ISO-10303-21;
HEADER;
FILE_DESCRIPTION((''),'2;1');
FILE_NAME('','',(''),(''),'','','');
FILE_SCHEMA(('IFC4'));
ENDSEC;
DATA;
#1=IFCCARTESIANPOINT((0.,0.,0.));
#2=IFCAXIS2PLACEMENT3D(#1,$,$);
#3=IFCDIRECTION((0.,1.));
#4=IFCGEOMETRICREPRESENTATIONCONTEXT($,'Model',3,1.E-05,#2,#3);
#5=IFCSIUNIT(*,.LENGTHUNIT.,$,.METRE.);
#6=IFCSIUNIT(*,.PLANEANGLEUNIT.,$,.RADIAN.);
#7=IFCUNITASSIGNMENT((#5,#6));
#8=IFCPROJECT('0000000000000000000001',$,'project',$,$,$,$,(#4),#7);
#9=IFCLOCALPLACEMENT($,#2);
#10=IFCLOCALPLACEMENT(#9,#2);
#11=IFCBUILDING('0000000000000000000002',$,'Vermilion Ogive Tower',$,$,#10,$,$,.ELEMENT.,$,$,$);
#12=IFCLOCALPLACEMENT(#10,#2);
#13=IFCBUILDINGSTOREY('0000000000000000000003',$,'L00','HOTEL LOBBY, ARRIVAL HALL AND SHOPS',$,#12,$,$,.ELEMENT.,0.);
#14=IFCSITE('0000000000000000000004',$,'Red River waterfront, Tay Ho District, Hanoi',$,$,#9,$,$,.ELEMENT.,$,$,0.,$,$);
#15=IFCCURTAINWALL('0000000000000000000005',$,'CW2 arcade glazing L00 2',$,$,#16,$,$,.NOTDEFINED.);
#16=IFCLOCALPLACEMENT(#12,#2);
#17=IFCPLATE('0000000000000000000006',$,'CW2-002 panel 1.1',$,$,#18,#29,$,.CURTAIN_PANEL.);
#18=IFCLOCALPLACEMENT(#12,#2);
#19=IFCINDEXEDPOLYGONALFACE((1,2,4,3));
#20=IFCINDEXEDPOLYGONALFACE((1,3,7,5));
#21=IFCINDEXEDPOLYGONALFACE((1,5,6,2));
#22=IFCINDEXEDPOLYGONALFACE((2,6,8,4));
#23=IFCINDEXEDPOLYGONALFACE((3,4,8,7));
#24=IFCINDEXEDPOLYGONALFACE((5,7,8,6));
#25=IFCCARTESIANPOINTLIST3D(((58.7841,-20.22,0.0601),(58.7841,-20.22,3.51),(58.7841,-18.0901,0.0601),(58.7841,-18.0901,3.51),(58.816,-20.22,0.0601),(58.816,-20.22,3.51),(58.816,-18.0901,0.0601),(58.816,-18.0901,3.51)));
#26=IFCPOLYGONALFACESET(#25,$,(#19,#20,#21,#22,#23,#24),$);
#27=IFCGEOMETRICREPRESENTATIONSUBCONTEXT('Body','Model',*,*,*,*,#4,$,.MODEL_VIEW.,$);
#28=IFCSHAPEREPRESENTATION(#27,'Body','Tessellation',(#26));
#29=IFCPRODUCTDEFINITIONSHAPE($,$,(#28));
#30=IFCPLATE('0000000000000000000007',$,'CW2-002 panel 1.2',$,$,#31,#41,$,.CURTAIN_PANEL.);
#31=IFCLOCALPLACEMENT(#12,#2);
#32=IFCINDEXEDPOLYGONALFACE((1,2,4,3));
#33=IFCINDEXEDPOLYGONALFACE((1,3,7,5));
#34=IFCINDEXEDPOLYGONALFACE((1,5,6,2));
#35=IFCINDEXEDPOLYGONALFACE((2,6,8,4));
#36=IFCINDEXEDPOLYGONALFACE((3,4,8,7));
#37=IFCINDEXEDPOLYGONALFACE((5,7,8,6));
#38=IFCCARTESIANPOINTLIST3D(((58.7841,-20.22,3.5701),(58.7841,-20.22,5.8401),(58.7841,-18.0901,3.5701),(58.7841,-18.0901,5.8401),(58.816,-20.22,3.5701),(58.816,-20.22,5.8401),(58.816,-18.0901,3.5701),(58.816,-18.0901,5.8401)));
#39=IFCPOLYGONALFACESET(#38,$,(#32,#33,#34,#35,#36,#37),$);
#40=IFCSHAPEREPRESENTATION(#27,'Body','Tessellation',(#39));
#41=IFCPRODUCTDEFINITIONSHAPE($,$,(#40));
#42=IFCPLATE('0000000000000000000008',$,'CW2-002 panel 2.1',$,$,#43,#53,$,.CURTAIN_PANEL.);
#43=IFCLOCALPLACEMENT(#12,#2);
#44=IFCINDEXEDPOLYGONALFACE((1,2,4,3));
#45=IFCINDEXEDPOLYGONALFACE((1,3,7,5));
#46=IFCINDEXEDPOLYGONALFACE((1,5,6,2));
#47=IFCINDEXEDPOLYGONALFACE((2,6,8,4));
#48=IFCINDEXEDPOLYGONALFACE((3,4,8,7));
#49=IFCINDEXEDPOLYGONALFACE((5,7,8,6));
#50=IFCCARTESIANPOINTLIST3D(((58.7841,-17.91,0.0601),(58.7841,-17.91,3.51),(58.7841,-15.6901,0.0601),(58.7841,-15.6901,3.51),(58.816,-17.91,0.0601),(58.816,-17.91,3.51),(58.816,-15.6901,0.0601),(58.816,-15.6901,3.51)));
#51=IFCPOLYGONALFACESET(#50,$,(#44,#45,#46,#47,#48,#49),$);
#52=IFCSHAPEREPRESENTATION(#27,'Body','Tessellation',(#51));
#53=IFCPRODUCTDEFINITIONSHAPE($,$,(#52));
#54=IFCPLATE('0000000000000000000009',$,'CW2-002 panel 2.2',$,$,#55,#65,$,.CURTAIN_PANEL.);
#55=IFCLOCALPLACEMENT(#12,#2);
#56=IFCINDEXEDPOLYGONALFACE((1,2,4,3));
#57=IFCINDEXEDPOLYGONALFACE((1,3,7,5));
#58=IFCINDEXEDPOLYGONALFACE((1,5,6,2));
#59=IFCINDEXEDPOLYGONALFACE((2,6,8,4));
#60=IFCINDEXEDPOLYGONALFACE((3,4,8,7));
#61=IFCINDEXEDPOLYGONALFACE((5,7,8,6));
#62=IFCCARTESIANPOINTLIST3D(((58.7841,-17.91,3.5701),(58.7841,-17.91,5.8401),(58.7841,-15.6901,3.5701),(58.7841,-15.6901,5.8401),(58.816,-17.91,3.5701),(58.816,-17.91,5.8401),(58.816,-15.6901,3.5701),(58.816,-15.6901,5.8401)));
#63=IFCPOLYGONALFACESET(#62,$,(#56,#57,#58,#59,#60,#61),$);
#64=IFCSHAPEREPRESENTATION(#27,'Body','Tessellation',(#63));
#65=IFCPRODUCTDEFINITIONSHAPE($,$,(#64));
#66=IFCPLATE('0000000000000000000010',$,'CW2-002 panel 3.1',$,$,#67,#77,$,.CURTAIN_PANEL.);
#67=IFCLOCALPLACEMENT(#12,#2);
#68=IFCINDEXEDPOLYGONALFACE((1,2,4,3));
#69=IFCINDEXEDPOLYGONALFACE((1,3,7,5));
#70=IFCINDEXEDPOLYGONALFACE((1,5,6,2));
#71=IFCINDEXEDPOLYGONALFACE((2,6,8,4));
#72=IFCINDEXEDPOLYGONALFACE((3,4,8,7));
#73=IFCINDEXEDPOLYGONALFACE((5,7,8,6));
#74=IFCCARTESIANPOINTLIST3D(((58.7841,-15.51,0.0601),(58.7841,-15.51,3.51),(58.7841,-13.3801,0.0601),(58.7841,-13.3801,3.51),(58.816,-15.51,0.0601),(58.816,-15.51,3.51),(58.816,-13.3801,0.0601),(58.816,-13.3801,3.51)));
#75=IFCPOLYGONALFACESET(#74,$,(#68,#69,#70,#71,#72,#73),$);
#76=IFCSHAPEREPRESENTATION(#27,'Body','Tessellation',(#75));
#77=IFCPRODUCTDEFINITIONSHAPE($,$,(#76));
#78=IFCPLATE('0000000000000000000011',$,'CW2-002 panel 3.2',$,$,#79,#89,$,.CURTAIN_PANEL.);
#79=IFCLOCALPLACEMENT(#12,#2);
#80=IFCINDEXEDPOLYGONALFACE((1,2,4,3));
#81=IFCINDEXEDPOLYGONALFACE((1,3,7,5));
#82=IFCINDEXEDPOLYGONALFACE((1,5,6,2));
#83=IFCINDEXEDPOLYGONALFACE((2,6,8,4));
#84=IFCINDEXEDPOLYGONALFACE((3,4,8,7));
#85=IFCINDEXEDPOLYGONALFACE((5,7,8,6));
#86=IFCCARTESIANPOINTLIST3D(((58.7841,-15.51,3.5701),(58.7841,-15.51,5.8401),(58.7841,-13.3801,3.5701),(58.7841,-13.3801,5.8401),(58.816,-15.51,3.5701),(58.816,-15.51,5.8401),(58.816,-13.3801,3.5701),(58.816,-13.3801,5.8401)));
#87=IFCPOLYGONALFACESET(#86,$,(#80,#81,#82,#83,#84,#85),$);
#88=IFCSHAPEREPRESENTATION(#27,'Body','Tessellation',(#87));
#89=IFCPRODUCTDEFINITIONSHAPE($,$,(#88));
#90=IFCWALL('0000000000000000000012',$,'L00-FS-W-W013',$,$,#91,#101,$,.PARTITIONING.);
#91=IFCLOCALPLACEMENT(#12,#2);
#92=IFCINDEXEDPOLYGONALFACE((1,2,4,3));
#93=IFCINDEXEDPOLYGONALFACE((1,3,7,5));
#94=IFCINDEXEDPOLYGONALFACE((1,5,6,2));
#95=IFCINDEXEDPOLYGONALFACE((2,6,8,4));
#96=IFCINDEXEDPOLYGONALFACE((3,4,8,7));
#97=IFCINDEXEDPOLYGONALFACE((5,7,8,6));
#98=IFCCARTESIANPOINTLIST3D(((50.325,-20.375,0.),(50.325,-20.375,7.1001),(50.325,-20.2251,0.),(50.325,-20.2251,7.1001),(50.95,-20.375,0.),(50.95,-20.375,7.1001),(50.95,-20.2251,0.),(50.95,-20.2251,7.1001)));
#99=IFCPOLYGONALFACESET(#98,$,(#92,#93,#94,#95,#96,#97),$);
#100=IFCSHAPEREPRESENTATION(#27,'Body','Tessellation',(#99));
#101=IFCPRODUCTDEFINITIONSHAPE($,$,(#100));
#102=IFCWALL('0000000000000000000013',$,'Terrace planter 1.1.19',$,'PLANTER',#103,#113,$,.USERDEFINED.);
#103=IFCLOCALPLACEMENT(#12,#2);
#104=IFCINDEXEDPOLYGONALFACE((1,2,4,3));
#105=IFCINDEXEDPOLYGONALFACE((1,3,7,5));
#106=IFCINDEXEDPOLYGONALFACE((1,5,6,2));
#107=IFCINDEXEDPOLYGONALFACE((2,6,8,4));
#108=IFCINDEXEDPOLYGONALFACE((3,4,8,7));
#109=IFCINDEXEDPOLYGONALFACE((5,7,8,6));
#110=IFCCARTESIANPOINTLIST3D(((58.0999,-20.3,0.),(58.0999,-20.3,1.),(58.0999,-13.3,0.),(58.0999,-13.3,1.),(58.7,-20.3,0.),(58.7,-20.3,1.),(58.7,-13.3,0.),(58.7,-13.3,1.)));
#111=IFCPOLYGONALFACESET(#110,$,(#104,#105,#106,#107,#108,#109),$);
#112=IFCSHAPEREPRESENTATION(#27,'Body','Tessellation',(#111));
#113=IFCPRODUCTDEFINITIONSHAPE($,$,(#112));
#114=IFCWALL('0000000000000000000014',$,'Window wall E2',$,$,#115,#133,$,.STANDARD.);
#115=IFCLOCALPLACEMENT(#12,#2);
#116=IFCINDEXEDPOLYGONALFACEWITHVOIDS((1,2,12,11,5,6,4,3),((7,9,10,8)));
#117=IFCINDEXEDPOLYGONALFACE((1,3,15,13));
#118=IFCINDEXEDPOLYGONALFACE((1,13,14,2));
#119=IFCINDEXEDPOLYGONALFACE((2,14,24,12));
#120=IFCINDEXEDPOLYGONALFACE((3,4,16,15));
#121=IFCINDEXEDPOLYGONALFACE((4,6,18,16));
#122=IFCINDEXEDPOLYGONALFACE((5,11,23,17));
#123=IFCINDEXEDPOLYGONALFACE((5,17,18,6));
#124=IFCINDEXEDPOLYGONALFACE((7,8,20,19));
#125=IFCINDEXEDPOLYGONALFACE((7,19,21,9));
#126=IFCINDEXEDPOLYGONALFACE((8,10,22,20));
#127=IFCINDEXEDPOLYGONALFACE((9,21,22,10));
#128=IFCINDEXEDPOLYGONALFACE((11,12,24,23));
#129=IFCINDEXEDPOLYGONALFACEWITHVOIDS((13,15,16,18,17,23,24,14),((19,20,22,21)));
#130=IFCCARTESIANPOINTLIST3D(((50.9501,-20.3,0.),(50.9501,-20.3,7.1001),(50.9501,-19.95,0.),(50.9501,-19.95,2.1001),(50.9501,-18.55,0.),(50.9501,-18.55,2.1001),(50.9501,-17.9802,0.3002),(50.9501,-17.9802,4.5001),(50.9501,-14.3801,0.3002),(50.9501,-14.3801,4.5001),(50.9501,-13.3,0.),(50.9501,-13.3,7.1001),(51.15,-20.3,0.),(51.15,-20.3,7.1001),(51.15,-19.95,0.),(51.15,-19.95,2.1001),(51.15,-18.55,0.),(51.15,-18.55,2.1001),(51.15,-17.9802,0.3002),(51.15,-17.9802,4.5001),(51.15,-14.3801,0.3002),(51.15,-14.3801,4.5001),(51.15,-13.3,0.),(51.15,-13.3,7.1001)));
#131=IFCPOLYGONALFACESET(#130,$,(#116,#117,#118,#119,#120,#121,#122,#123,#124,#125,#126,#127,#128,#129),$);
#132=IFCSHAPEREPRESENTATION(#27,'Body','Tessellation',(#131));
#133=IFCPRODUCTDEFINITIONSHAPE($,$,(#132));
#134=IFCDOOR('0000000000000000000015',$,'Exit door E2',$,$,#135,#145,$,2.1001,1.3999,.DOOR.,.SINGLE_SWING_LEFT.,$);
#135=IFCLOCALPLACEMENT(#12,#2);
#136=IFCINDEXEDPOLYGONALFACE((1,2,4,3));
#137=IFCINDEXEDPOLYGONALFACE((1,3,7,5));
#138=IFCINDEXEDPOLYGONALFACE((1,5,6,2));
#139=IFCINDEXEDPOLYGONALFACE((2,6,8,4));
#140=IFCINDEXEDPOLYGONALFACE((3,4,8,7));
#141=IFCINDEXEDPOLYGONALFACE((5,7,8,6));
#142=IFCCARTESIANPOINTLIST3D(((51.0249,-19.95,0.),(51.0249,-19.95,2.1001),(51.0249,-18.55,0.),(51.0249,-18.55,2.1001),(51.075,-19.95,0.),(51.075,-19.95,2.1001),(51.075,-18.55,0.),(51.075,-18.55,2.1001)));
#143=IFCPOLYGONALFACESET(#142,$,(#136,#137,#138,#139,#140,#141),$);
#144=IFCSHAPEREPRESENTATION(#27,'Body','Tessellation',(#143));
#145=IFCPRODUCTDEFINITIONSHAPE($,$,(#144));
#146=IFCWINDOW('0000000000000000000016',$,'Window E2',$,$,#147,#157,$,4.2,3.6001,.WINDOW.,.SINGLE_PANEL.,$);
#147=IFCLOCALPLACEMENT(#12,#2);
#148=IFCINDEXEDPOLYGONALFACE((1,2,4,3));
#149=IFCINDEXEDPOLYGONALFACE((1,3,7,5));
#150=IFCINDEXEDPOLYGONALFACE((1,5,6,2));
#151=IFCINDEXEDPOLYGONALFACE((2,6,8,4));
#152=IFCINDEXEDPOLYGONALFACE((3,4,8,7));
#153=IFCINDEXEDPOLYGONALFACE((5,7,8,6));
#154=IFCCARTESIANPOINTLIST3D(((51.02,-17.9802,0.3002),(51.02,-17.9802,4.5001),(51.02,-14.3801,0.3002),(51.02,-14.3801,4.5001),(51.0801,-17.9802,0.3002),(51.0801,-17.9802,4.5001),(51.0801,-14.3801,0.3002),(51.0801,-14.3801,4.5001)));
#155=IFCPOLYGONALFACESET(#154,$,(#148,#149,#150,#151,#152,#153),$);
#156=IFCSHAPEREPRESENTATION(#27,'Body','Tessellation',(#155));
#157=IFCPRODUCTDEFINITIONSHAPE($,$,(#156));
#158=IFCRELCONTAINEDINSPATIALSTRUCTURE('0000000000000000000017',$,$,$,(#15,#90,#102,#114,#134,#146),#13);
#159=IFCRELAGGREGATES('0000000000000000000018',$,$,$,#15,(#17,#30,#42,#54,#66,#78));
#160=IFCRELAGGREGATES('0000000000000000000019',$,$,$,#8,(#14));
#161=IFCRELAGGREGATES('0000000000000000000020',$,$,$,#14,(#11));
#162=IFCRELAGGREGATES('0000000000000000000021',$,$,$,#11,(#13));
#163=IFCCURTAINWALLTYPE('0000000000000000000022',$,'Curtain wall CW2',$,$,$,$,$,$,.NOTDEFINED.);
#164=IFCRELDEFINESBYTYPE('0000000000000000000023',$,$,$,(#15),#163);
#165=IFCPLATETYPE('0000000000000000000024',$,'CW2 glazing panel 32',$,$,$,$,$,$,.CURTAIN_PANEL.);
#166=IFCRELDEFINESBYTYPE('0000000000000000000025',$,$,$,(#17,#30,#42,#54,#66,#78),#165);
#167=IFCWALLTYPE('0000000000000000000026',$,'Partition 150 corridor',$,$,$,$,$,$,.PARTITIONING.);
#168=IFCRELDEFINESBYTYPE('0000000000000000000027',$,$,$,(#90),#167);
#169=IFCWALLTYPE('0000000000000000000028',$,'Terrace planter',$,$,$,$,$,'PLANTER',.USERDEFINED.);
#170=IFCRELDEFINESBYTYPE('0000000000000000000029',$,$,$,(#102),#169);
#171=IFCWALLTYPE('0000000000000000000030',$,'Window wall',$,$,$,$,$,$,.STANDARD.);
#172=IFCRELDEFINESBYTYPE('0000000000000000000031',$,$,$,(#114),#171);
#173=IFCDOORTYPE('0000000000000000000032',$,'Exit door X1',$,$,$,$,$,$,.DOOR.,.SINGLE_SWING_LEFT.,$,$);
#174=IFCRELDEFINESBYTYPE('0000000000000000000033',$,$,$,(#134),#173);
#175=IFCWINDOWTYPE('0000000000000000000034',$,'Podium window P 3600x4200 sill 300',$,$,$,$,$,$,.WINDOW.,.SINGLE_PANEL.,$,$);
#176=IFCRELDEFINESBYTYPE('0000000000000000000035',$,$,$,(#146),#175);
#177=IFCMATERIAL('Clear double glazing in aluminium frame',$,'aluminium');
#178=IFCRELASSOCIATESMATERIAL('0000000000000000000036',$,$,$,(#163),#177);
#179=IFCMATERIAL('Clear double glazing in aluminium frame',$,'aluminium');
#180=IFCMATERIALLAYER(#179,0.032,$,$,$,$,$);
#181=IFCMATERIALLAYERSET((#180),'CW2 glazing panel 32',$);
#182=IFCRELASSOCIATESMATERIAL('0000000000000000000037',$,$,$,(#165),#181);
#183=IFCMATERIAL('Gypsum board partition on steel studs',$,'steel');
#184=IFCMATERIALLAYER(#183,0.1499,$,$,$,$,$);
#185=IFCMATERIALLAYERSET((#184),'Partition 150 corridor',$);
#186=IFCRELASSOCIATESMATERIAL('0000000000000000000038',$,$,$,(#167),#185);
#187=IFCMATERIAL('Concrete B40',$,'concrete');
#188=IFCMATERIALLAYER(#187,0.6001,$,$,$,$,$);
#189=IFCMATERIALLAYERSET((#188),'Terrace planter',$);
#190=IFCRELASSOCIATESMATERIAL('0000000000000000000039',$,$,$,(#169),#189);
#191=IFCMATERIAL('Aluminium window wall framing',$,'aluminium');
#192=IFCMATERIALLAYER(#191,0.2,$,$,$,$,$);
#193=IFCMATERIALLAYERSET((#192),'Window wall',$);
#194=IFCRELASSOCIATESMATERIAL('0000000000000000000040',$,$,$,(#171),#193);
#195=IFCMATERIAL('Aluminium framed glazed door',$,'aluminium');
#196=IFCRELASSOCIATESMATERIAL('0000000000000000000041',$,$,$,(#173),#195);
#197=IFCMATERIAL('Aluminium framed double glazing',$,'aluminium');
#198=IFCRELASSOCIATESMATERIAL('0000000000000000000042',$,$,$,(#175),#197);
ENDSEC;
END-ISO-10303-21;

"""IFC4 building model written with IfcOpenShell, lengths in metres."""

from ifc_helpers import new_model, si_unit, direction, frame, frame_2d, origin, origin_2d, place, context, subcontext, project, spatial, rectangle, extrude, material, layer, layer_set, type_object, element, fill, aggregate, save


model = new_model("IFC4")

# Units and contexts
model_context = context("Model", 3, precision=1e-05, world=origin(), true_north=direction((0.0, 1.0)))
body_context = subcontext(model_context, "Body", "Model", "MODEL_VIEW")
ifc_project = project(units=[si_unit("LENGTHUNIT", "METRE"), si_unit("PLANEANGLEUNIT", "RADIAN")], contexts=[model_context])

# Site, building, storey
site_placement = place(None, origin())
site = spatial("IfcSite", under=ifc_project, at=site_placement, Name="Red River waterfront, Tay Ho District, Hanoi", CompositionType="ELEMENT", RefElevation=0.0)
building_placement = place(site_placement, origin())
building = spatial("IfcBuilding", under=site, at=building_placement, Name="Vermilion Ogive Tower", CompositionType="ELEMENT")
storey_placement = place(building_placement, origin())
storey = spatial("IfcBuildingStorey", under=building, at=storey_placement, Name="L00", Description="HOTEL LOBBY, ARRIVAL HALL AND SHOPS", CompositionType="ELEMENT", Elevation=0.0)

# Curtain wall, plates
ifc_material_1 = material(Name="Clear double glazing in aluminium frame", Category="aluminium")
curtain_wall_type = type_object("IfcCurtainWallType", Name="Curtain wall CW2", PredefinedType="NOTDEFINED", material=ifc_material_1)
curtain_wall_placement = place(storey_placement, origin())
curtain_wall = element("IfcCurtainWall", 1, at=curtain_wall_placement, inside=storey, type_object=curtain_wall_type, Name="CW2 arcade glazing L00 2", PredefinedType="NOTDEFINED")
ifc_material_2 = material(Name="Clear double glazing in aluminium frame", Category="aluminium")
ifc_layer_1 = layer(ifc_material_2, 0.032)
ifc_layer_set_1 = layer_set([ifc_layer_1], Name="CW2 glazing panel 32")
plate_type = type_object("IfcPlateType", Name="CW2 glazing panel 32", PredefinedType="CURTAIN_PANEL", material=ifc_layer_set_1)
plate_1_placement = place(storey_placement, frame((58.8, -19.155, 0.0601), z_axis=(0.0, 0.0, 1.0), x_axis=(0.0, 1.0, 0.0)))
plate_1 = element("IfcPlate", 2, at=plate_1_placement, type_object=plate_type, Name="CW2-002 panel 1.1", PredefinedType="CURTAIN_PANEL", context=body_context, shape_type="SweptSolid", body=[
    extrude(rectangle(XDim=2.1299, YDim=0.032, at=origin_2d()), origin(), (0.0, 0.0, 1.0), 3.45),
])
plate_2_placement = place(storey_placement, frame((58.8, -19.155, 3.5701), z_axis=(0.0, 0.0, 1.0), x_axis=(0.0, 1.0, 0.0)))
plate_2 = element("IfcPlate", 3, at=plate_2_placement, type_object=plate_type, Name="CW2-002 panel 1.2", PredefinedType="CURTAIN_PANEL", context=body_context, shape_type="SweptSolid", body=[
    extrude(rectangle(XDim=2.1299, YDim=0.032, at=origin_2d()), origin(), (0.0, 0.0, 1.0), 2.27),
])
plate_3_placement = place(storey_placement, frame((58.8, -16.8, 0.0601), z_axis=(0.0, 0.0, 1.0), x_axis=(0.0, 1.0, 0.0)))
plate_3 = element("IfcPlate", 4, at=plate_3_placement, type_object=plate_type, Name="CW2-002 panel 2.1", PredefinedType="CURTAIN_PANEL", context=body_context, shape_type="SweptSolid", body=[
    extrude(rectangle(XDim=2.22, YDim=0.032, at=origin_2d()), origin(), (0.0, 0.0, 1.0), 3.45),
])
plate_4_placement = place(storey_placement, frame((58.8, -16.8, 3.5701), z_axis=(0.0, 0.0, 1.0), x_axis=(0.0, 1.0, 0.0)))
plate_4 = element("IfcPlate", 5, at=plate_4_placement, type_object=plate_type, Name="CW2-002 panel 2.2", PredefinedType="CURTAIN_PANEL", context=body_context, shape_type="SweptSolid", body=[
    extrude(rectangle(XDim=2.22, YDim=0.032, at=origin_2d()), origin(), (0.0, 0.0, 1.0), 2.27),
])
plate_5_placement = place(storey_placement, frame((58.8, -14.4451, 0.0601), z_axis=(0.0, 0.0, 1.0), x_axis=(0.0, 1.0, 0.0)))
plate_5 = element("IfcPlate", 6, at=plate_5_placement, type_object=plate_type, Name="CW2-002 panel 3.1", PredefinedType="CURTAIN_PANEL", context=body_context, shape_type="SweptSolid", body=[
    extrude(rectangle(XDim=2.1299, YDim=0.032, at=origin_2d()), origin(), (0.0, 0.0, 1.0), 3.45),
])
plate_6_placement = place(storey_placement, frame((58.8, -14.4451, 3.5701), z_axis=(0.0, 0.0, 1.0), x_axis=(0.0, 1.0, 0.0)))
plate_6 = element("IfcPlate", 7, at=plate_6_placement, type_object=plate_type, Name="CW2-002 panel 3.2", PredefinedType="CURTAIN_PANEL", context=body_context, shape_type="SweptSolid", body=[
    extrude(rectangle(XDim=2.1299, YDim=0.032, at=origin_2d()), origin(), (0.0, 0.0, 1.0), 2.27),
])
aggregate(curtain_wall, [plate_1, plate_2, plate_3, plate_4, plate_5, plate_6])

# Walls
ifc_material_3 = material(Name="Gypsum board partition on steel studs", Category="steel")
ifc_layer_2 = layer(ifc_material_3, 0.1499)
ifc_layer_set_2 = layer_set([ifc_layer_2], Name="Partition 150 corridor")
wall_type_1 = type_object("IfcWallType", Name="Partition 150 corridor", PredefinedType="PARTITIONING", material=ifc_layer_set_2)
wall_1_placement = place(storey_placement, frame((50.325, -20.3, 0.0), z_axis=(0.0, 0.0, 1.0), x_axis=(1.0, 0.0, 0.0)))
element("IfcWall", 8, at=wall_1_placement, inside=storey, type_object=wall_type_1, Name="L00-FS-W-W013", PredefinedType="PARTITIONING", context=body_context, shape_type="SweptSolid", body=[
    extrude(rectangle(XDim=0.625, YDim=0.1499, at=frame_2d((0.3125, 0.0))), origin(), (0.0, 0.0, 1.0), 7.1001),
])
ifc_material_4 = material(Name="Concrete B40", Category="concrete")
ifc_layer_3 = layer(ifc_material_4, 0.6001)
ifc_layer_set_3 = layer_set([ifc_layer_3], Name="Terrace planter")
wall_type_2 = type_object("IfcWallType", Name="Terrace planter", ElementType="PLANTER", PredefinedType="USERDEFINED", material=ifc_layer_set_3)
wall_2_placement = place(storey_placement, frame((58.3999, -13.3, 0.0), z_axis=(0.0, 0.0, 1.0), x_axis=(0.0, -1.0, 0.0)))
element("IfcWall", 9, at=wall_2_placement, inside=storey, type_object=wall_type_2, Name="Terrace planter 1.1.19", ObjectType="PLANTER", PredefinedType="USERDEFINED", context=body_context, shape_type="SweptSolid", body=[
    extrude(rectangle(XDim=7.0, YDim=0.6001, at=frame_2d((3.5, 0.0))), origin(), (0.0, 0.0, 1.0), 1.0),
])

# Wall, openings, door, window
ifc_material_5 = material(Name="Aluminium window wall framing", Category="aluminium")
ifc_layer_4 = layer(ifc_material_5, 0.2)
ifc_layer_set_4 = layer_set([ifc_layer_4], Name="Window wall")
wall_type_3 = type_object("IfcWallType", Name="Window wall", PredefinedType="STANDARD", material=ifc_layer_set_4)
wall_3_placement = place(storey_placement, frame((51.05, -13.3, 0.0), z_axis=(0.0, 0.0, 1.0), x_axis=(0.0, -1.0, 0.0)))
wall_3 = element("IfcWall", 10, at=wall_3_placement, inside=storey, type_object=wall_type_3, Name="Window wall E2", PredefinedType="STANDARD", context=body_context, shape_type="SweptSolid", body=[
    extrude(rectangle(XDim=7.0, YDim=0.2, at=frame_2d((3.5, 0.0))), origin(), (0.0, 0.0, 1.0), 7.1001),
])
opening_1_placement = place(wall_3_placement, frame((1.0801, 0.0, 0.3)))
opening_1 = element("IfcOpeningElement", 11, at=opening_1_placement, cuts=wall_3, PredefinedType="OPENING", context=body_context, shape_type="SweptSolid", body=[
    extrude(rectangle(XDim=3.6001, YDim=4.2, at=frame_2d((1.8, 2.1001))), frame((0.0, 0.1099, 0.0), z_axis=(0.0, -1.0, 0.0), x_axis=(1.0, 0.0, 0.0)), (0.0, 0.0, 1.0), 0.22),
])
opening_2_placement = place(wall_3_placement, frame((5.25, 0.0, 0.0)))
opening_2 = element("IfcOpeningElement", 12, at=opening_2_placement, cuts=wall_3, PredefinedType="OPENING", context=body_context, shape_type="SweptSolid", body=[
    extrude(rectangle(XDim=1.3999, YDim=2.1001, at=frame_2d((0.7, 1.05))), frame((0.0, 0.1099, 0.0), z_axis=(0.0, -1.0, 0.0), x_axis=(1.0, 0.0, 0.0)), (0.0, 0.0, 1.0), 0.22),
])
ifc_material_6 = material(Name="Aluminium framed glazed door", Category="aluminium")
door_type = type_object("IfcDoorType", Name="Exit door X1", OperationType="SINGLE_SWING_LEFT", PredefinedType="DOOR", material=ifc_material_6)
door_placement = place(opening_2_placement, origin())
door = element("IfcDoor", 13, at=door_placement, inside=storey, type_object=door_type, Name="Exit door E2", OperationType="SINGLE_SWING_LEFT", OverallHeight=2.1001, OverallWidth=1.3999, PredefinedType="DOOR", context=body_context, shape_type="SweptSolid", body=[
    extrude(rectangle(XDim=1.3999, YDim=2.1001, at=frame_2d((0.7, 1.05))), frame((0.0, 0.0249, 0.0), z_axis=(0.0, -1.0, 0.0), x_axis=(1.0, 0.0, 0.0)), (0.0, 0.0, 1.0), 0.05),
])
fill(opening_2, door)
ifc_material_7 = material(Name="Aluminium framed double glazing", Category="aluminium")
window_type = type_object("IfcWindowType", Name="Podium window P 3600x4200 sill 300", PartitioningType="SINGLE_PANEL", PredefinedType="WINDOW", material=ifc_material_7)
window_placement = place(opening_1_placement, origin())
window = element("IfcWindow", 14, at=window_placement, inside=storey, type_object=window_type, Name="Window E2", OverallHeight=4.2, OverallWidth=3.6001, PartitioningType="SINGLE_PANEL", PredefinedType="WINDOW", context=body_context, shape_type="SweptSolid", body=[
    extrude(rectangle(XDim=3.6001, YDim=4.2, at=frame_2d((1.8, 2.1001))), frame((0.0, 0.03, 0.0), z_axis=(0.0, -1.0, 0.0), x_axis=(1.0, 0.0, 0.0)), (0.0, 0.0, 1.0), 0.0601),
])
fill(opening_1, window)

save(model, "model.ifc")
